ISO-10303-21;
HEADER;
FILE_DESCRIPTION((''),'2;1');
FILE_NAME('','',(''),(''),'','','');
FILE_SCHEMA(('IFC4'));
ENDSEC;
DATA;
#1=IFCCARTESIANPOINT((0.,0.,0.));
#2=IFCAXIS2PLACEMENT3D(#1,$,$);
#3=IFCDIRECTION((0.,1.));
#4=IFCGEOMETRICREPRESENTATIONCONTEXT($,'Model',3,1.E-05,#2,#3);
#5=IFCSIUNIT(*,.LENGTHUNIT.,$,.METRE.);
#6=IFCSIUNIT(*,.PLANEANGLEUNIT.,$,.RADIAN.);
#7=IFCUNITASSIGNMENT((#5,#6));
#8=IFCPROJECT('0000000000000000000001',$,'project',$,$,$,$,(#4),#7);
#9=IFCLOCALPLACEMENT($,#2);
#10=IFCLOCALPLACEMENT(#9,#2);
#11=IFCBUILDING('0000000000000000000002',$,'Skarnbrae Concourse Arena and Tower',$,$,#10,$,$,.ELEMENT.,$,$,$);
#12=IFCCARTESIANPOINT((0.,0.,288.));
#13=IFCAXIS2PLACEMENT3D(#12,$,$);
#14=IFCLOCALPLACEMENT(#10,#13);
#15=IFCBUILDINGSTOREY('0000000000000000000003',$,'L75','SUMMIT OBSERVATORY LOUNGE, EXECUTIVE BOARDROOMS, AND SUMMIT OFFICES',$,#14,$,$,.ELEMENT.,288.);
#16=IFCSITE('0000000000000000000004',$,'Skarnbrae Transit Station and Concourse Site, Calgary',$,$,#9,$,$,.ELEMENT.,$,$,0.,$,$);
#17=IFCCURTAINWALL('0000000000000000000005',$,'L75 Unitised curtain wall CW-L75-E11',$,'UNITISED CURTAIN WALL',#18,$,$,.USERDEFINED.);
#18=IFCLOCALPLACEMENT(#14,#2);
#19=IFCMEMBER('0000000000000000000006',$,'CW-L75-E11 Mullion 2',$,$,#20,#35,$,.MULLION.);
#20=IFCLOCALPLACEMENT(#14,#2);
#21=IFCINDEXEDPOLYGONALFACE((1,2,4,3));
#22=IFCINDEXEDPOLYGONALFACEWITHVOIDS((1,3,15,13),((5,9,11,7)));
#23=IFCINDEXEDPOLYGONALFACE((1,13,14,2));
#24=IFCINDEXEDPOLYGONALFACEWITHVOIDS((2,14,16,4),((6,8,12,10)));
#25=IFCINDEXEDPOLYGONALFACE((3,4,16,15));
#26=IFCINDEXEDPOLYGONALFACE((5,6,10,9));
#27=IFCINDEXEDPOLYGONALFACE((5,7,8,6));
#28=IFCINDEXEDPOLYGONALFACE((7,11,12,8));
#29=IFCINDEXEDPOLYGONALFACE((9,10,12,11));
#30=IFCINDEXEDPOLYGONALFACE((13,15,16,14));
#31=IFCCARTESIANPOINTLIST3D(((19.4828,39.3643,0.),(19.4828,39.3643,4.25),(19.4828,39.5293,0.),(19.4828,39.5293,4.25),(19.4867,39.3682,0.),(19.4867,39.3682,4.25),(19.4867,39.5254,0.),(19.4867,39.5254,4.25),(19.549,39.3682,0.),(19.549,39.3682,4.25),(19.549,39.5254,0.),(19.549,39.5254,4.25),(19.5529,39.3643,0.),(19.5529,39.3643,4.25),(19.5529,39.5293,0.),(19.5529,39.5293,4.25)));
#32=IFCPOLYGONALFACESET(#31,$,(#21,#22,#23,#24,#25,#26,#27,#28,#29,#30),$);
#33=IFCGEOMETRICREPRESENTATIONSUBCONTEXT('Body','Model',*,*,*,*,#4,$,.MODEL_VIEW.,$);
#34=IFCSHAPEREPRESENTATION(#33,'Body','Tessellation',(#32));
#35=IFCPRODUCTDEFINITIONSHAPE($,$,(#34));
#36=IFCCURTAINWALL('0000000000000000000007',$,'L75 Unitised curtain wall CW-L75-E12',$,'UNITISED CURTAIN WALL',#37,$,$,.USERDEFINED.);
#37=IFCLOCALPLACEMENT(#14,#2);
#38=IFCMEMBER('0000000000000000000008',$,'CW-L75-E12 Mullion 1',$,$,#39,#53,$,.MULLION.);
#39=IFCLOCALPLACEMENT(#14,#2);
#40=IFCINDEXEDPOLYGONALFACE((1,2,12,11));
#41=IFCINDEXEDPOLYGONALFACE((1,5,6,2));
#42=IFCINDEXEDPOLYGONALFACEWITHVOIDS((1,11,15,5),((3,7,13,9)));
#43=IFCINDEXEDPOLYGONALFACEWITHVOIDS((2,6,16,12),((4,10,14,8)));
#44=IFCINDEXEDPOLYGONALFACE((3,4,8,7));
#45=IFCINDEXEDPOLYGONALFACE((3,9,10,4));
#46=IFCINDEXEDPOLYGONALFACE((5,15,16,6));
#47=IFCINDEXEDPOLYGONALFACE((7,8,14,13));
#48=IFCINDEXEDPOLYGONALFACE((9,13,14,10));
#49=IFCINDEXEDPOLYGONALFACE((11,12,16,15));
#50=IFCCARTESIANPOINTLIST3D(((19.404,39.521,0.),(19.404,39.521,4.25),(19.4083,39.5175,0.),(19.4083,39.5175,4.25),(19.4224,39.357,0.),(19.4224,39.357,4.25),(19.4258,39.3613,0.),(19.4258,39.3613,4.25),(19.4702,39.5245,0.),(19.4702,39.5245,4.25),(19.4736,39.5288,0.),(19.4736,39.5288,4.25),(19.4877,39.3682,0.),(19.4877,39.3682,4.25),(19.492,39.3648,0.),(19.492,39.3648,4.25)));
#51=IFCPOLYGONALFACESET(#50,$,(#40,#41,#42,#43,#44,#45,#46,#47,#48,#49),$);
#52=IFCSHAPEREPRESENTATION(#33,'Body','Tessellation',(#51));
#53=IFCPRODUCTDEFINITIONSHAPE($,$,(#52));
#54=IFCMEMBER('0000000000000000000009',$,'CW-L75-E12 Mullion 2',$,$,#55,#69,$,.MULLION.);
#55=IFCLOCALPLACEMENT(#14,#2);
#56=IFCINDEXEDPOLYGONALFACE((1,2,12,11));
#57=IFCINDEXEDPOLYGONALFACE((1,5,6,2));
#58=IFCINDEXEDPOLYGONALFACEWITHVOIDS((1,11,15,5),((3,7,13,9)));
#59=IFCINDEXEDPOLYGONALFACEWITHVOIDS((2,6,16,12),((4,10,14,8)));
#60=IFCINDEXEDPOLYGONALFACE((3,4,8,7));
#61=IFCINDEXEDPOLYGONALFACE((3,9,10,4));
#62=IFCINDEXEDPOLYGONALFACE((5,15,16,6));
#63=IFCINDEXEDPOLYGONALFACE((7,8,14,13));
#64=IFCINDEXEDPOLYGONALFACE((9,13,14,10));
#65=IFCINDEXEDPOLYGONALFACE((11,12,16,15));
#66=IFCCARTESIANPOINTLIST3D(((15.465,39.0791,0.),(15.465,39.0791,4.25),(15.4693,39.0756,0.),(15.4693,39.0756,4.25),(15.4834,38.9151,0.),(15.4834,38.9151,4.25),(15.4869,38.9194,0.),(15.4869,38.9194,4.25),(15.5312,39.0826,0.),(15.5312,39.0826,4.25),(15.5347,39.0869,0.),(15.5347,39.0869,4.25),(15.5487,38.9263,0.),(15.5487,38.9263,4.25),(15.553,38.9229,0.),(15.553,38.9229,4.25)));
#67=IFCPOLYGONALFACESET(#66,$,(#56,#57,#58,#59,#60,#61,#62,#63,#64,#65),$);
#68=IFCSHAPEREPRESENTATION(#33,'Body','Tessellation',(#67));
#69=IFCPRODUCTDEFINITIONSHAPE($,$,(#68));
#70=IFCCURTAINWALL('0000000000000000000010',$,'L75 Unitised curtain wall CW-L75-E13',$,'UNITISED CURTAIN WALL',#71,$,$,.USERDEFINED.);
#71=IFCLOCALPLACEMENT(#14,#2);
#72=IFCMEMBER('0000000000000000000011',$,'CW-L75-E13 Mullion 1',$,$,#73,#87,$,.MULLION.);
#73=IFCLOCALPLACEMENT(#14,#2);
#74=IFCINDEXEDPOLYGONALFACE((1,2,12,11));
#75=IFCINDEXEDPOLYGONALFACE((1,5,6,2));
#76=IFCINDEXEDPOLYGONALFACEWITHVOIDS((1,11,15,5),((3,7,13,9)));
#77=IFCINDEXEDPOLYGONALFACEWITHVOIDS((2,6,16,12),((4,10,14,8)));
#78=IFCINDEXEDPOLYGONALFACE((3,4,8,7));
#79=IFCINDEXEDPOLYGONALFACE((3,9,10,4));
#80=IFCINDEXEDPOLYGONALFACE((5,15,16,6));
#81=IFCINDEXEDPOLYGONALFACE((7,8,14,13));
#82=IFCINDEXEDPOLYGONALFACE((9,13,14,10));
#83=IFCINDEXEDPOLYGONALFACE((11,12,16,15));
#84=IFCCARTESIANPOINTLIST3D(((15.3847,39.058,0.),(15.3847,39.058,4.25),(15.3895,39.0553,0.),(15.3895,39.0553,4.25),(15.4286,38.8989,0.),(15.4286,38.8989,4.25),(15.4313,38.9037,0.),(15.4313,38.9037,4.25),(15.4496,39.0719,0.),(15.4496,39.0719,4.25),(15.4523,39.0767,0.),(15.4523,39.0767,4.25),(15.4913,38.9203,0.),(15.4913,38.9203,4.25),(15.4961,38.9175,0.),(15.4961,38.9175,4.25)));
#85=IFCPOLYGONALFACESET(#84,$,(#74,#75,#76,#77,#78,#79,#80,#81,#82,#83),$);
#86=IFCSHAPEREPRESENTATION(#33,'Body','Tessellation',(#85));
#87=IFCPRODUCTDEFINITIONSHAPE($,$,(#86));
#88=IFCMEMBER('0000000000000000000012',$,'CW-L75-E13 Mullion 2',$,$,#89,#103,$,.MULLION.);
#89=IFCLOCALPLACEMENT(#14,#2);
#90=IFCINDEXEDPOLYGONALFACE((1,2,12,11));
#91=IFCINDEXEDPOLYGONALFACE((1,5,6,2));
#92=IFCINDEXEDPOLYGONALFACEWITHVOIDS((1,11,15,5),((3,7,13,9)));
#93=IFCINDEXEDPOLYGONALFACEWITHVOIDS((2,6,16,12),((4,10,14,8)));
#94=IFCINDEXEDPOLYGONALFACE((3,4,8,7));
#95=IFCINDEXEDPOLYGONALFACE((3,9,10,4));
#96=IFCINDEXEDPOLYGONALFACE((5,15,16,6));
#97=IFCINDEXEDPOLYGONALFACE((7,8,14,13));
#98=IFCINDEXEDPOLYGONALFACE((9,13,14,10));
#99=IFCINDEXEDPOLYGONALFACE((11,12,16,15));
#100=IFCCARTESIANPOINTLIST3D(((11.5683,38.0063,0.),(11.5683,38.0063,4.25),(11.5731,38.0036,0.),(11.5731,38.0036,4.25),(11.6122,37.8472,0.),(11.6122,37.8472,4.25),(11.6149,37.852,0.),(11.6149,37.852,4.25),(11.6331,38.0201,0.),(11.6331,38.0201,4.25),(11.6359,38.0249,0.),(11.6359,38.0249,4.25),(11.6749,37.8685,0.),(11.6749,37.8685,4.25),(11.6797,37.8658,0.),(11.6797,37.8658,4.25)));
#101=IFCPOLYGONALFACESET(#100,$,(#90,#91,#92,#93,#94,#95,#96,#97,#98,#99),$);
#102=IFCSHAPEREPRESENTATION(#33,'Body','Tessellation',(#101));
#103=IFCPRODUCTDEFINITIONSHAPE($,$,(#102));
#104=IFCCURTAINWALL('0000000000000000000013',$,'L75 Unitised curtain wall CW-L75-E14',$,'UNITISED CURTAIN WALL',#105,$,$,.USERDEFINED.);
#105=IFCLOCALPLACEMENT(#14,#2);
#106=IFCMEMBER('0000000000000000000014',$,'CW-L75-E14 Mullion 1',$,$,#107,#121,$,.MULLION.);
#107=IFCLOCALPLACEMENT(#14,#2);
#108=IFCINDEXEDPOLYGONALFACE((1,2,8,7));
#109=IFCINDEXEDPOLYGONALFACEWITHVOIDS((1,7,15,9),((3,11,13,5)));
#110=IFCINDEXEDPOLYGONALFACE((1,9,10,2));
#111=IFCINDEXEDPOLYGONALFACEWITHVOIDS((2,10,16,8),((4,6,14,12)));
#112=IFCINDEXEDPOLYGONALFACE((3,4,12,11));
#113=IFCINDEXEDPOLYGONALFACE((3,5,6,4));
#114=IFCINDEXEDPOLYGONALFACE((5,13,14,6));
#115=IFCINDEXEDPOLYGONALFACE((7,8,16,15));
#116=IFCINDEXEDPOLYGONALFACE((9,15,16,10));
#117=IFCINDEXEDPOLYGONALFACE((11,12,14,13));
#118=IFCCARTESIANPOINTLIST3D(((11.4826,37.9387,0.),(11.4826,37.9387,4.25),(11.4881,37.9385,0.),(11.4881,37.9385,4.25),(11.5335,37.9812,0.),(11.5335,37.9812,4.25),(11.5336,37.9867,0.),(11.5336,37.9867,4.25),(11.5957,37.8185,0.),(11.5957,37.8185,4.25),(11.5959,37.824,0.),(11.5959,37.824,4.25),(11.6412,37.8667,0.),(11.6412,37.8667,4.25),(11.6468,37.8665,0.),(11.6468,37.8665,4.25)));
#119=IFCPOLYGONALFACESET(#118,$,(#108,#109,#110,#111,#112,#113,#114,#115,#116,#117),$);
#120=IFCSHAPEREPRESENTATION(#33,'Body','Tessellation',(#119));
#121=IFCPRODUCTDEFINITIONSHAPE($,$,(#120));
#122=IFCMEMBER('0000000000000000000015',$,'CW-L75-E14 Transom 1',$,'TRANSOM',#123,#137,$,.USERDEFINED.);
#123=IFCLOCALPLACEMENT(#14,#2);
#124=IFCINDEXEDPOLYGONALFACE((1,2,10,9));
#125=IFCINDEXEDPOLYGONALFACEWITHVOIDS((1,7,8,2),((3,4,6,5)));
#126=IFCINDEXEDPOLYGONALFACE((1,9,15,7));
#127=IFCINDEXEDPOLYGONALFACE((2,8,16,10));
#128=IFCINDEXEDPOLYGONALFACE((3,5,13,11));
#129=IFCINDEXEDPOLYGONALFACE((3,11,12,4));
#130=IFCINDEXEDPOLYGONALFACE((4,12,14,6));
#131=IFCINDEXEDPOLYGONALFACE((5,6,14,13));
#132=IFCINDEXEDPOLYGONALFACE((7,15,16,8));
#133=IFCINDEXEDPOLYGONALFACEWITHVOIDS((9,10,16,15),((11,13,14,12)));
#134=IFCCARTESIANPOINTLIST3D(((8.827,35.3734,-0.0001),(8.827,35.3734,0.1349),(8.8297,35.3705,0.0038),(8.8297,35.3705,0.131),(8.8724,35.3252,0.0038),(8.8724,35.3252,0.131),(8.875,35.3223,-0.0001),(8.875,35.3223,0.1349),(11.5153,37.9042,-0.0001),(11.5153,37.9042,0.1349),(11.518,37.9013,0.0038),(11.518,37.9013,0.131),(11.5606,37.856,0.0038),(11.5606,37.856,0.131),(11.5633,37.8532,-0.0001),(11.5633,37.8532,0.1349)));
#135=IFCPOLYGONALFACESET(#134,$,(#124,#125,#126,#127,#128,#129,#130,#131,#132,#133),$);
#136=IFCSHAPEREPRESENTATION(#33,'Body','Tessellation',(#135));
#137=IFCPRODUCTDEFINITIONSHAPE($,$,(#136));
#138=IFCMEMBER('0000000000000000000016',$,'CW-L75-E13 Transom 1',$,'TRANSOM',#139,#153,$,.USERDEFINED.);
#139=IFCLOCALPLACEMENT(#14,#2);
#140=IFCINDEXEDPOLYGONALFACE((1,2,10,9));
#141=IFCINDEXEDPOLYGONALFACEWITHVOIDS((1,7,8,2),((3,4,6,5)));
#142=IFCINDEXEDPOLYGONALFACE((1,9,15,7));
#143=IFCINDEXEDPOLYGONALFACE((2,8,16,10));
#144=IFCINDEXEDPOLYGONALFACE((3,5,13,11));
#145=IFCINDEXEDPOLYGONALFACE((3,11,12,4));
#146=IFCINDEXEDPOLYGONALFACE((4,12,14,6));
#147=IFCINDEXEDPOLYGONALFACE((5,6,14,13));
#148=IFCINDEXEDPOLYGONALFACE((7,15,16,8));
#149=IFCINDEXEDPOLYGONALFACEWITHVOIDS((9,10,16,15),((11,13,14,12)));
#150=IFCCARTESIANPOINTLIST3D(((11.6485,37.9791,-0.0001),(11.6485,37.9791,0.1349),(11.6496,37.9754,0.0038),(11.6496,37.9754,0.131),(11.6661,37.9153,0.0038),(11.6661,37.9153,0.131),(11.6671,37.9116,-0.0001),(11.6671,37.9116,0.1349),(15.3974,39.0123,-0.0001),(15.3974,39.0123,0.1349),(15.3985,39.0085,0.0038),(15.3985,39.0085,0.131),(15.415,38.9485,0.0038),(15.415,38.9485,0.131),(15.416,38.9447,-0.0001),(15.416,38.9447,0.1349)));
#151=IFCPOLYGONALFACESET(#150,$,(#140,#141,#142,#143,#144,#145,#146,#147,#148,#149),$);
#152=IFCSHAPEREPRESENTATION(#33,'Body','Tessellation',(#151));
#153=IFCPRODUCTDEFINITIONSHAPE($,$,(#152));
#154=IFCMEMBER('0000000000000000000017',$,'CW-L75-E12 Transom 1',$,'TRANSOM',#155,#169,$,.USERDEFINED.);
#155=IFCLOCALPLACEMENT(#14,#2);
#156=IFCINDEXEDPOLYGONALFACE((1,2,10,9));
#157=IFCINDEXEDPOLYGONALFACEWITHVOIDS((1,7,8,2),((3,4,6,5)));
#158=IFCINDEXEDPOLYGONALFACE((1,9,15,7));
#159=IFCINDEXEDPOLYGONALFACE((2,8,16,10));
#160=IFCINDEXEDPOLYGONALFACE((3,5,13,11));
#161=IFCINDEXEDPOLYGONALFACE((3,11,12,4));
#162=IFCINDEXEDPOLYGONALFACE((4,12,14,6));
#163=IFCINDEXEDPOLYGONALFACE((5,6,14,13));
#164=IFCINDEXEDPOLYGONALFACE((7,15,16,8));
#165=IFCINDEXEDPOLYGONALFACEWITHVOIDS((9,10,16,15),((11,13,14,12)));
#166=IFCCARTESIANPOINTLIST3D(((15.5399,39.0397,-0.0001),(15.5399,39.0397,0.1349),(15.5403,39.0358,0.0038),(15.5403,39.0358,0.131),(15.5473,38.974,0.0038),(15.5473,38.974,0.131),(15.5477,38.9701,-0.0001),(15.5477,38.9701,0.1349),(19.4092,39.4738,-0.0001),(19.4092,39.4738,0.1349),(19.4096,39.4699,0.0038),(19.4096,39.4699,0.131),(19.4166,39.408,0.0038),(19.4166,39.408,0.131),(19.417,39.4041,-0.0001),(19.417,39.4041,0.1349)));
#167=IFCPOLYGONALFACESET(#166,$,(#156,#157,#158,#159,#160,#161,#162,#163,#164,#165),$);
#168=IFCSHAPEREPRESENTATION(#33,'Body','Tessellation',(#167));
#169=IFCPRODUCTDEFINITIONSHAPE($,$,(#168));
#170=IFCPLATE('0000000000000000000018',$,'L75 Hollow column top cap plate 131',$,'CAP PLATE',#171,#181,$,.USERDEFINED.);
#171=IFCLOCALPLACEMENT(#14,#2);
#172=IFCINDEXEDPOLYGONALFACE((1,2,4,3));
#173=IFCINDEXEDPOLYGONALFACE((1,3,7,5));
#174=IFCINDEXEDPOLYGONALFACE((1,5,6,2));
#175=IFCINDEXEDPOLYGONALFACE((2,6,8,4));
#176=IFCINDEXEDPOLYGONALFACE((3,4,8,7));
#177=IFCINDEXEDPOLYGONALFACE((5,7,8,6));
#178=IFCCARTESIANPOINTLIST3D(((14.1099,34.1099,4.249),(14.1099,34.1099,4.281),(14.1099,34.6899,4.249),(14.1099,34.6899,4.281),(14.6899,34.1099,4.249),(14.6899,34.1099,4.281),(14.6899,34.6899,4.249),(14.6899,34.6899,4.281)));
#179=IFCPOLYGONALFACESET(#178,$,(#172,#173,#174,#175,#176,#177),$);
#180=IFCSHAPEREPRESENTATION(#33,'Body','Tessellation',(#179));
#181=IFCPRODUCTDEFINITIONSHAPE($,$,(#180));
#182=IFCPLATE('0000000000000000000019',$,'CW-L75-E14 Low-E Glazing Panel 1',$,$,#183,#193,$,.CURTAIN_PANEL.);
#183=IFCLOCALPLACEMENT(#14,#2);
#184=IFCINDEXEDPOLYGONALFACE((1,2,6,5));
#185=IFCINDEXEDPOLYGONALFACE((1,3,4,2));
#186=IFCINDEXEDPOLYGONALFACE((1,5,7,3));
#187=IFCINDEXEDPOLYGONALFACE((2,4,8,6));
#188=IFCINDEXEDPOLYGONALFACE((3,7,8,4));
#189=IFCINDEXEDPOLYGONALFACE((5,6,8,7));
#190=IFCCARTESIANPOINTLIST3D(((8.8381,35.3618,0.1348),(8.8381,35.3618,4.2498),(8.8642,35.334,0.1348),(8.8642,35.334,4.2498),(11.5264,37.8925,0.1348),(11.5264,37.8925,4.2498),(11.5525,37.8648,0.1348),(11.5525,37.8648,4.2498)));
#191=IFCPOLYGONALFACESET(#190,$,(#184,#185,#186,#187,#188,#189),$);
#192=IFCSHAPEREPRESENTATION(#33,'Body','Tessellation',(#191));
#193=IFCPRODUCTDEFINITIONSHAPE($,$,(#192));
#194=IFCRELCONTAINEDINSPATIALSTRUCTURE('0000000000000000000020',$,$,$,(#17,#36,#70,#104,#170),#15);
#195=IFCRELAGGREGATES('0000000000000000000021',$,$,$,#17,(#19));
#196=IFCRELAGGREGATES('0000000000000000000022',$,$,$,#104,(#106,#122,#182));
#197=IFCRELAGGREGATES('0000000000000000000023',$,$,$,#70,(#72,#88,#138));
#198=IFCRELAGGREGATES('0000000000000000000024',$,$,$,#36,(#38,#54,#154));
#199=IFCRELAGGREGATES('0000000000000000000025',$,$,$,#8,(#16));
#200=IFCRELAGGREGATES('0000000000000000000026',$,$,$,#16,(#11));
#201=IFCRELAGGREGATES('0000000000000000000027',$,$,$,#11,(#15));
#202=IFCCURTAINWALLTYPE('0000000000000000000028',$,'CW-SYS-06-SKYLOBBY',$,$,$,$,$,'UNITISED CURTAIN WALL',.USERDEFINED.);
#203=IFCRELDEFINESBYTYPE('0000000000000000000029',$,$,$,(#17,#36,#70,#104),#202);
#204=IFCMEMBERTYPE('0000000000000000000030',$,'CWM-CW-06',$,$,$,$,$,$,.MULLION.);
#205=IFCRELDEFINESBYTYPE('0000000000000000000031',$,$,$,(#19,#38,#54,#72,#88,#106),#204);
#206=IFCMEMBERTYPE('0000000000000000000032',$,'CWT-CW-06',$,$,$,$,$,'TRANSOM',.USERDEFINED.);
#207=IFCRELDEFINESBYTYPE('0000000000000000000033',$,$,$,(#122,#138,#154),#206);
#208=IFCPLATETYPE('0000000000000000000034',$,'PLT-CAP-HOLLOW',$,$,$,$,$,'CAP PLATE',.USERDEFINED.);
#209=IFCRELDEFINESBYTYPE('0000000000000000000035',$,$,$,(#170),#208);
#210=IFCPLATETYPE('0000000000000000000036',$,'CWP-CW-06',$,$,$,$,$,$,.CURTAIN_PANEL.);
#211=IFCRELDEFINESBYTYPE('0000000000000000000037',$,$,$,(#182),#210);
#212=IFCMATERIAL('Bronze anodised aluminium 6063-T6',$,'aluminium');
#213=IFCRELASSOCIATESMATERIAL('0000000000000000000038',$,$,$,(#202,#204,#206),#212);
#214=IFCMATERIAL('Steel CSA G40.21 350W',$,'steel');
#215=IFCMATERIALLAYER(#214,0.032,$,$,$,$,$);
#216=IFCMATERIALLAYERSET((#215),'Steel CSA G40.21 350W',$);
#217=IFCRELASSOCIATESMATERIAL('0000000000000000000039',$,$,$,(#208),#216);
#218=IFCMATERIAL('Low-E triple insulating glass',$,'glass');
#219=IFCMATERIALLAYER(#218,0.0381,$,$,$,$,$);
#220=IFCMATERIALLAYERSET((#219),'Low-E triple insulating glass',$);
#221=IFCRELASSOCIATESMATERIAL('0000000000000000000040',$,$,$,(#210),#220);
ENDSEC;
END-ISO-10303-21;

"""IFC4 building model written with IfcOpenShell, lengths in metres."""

from ifc_helpers import new_model, si_unit, direction, frame, origin, origin_2d, place, context, subcontext, project, spatial, rectangle, hollow_rectangle, extrude, source, transform, mapped, material, layer, layer_set, material_profile, profile_set, type_object, element, aggregate, save


model = new_model("IFC4")

# Units and contexts
model_context = context("Model", 3, precision=1e-05, world=origin(), true_north=direction((0.0, 1.0)))
body_context = subcontext(model_context, "Body", "Model", "MODEL_VIEW")
ifc_project = project(units=[si_unit("LENGTHUNIT", "METRE"), si_unit("PLANEANGLEUNIT", "RADIAN")], contexts=[model_context])

# Site, building, storey
site_placement = place(None, origin())
site = spatial("IfcSite", under=ifc_project, at=site_placement, Name="Skarnbrae Transit Station and Concourse Site, Calgary", CompositionType="ELEMENT", RefElevation=0.0)
building_placement = place(site_placement, origin())
building = spatial("IfcBuilding", under=site, at=building_placement, Name="Skarnbrae Concourse Arena and Tower", CompositionType="ELEMENT")
storey_placement = place(building_placement, frame((0.0, 0.0, 288.0)))
storey = spatial("IfcBuildingStorey", under=building, at=storey_placement, Name="L75", Description="SUMMIT OBSERVATORY LOUNGE, EXECUTIVE BOARDROOMS, AND SUMMIT OFFICES", CompositionType="ELEMENT", Elevation=288.0)

# Shared definitions
ifc_material_1 = material(Name="Steel CSA G40.21 350W", Category="steel")

# Curtain wall, member
ifc_material_2 = material(Name="Bronze anodised aluminium 6063-T6", Category="aluminium")
curtain_wall_type = type_object("IfcCurtainWallType", Name="CW-SYS-06-SKYLOBBY", ElementType="UNITISED CURTAIN WALL", PredefinedType="USERDEFINED", material=ifc_material_2)
curtain_wall_1_placement = place(storey_placement, origin())
curtain_wall_1 = element("IfcCurtainWall", 1, at=curtain_wall_1_placement, inside=storey, type_object=curtain_wall_type, Name="L75 Unitised curtain wall CW-L75-E11", ObjectType="UNITISED CURTAIN WALL", PredefinedType="USERDEFINED")
ifc_material_profile_1 = material_profile(ifc_material_2, hollow_rectangle(XDim=0.0701, YDim=0.165, WallThickness=0.0039, at=origin_2d()), Name="ALU-MULL-70X165")
ifc_profile_set_1 = profile_set([ifc_material_profile_1], Name="Bronze anodised aluminium 6063-T6")
member_type_1 = type_object("IfcMemberType", Name="CWM-CW-06", PredefinedType="MULLION", material=ifc_profile_set_1)
shared_shape_1 = source(origin(), body_context, "Body", "SweptSolid", [
    extrude(hollow_rectangle(XDim=0.0701, YDim=0.165, WallThickness=0.0039, at=origin_2d()), origin(), (0.0, 0.0, 1.0), 4.25),
])
member_1_placement = place(storey_placement, frame((19.5178, 39.4468, 0.0), z_axis=(0.0, 0.0, 1.0), x_axis=(-1.0, 0.0, 0.0)))
member_1 = element("IfcMember", 2, at=member_1_placement, type_object=member_type_1, Name="CW-L75-E11 Mullion 2", PredefinedType="MULLION", context=body_context, shape_type="MappedRepresentation", body=[
    mapped(shared_shape_1, transform((0.0, 0.0, 0.0))),
])
aggregate(curtain_wall_1, [member_1])

# Curtain walls, members
curtain_wall_2_placement = place(storey_placement, origin())
curtain_wall_2 = element("IfcCurtainWall", 3, at=curtain_wall_2_placement, inside=storey, type_object=curtain_wall_type, Name="L75 Unitised curtain wall CW-L75-E12", ObjectType="UNITISED CURTAIN WALL", PredefinedType="USERDEFINED")
member_2_placement = place(storey_placement, frame((19.448, 39.4429, 0.0), z_axis=(0.0, 0.0, 1.0), x_axis=(-0.993769, -0.11146, 0.0)))
member_2 = element("IfcMember", 4, at=member_2_placement, type_object=member_type_1, Name="CW-L75-E12 Mullion 1", PredefinedType="MULLION", context=body_context, shape_type="MappedRepresentation", body=[
    mapped(shared_shape_1, transform((0.0, 0.0, 0.0))),
])
member_3_placement = place(storey_placement, frame((15.509, 39.001, 0.0), z_axis=(0.0, 0.0, 1.0), x_axis=(-0.993769, -0.11146, 0.0)))
member_3 = element("IfcMember", 5, at=member_3_placement, type_object=member_type_1, Name="CW-L75-E12 Mullion 2", PredefinedType="MULLION", context=body_context, shape_type="MappedRepresentation", body=[
    mapped(shared_shape_1, transform((0.0, 0.0, 0.0))),
])
curtain_wall_3_placement = place(storey_placement, origin())
curtain_wall_3 = element("IfcCurtainWall", 6, at=curtain_wall_3_placement, inside=storey, type_object=curtain_wall_type, Name="L75 Unitised curtain wall CW-L75-E13", ObjectType="UNITISED CURTAIN WALL", PredefinedType="USERDEFINED")
member_4_placement = place(storey_placement, frame((15.4404, 38.9878, 0.0), z_axis=(0.0, 0.0, 1.0), x_axis=(-0.964057, -0.265694, 0.0)))
member_4 = element("IfcMember", 7, at=member_4_placement, type_object=member_type_1, Name="CW-L75-E13 Mullion 1", PredefinedType="MULLION", context=body_context, shape_type="MappedRepresentation", body=[
    mapped(shared_shape_1, transform((0.0, 0.0, 0.0))),
])
member_5_placement = place(storey_placement, frame((11.624, 37.936, 0.0), z_axis=(0.0, 0.0, 1.0), x_axis=(-0.964057, -0.265694, 0.0)))
member_5 = element("IfcMember", 8, at=member_5_placement, type_object=member_type_1, Name="CW-L75-E13 Mullion 2", PredefinedType="MULLION", context=body_context, shape_type="MappedRepresentation", body=[
    mapped(shared_shape_1, transform((0.0, 0.0, 0.0))),
])
curtain_wall_4_placement = place(storey_placement, origin())
curtain_wall_4 = element("IfcCurtainWall", 9, at=curtain_wall_4_placement, inside=storey, type_object=curtain_wall_type, Name="L75 Unitised curtain wall CW-L75-E14", ObjectType="UNITISED CURTAIN WALL", PredefinedType="USERDEFINED")
member_6_placement = place(storey_placement, frame((11.5647, 37.9026, 0.0), z_axis=(0.0, 0.0, 1.0), x_axis=(-0.728131, -0.685438, 0.0)))
member_6 = element("IfcMember", 10, at=member_6_placement, type_object=member_type_1, Name="CW-L75-E14 Mullion 1", PredefinedType="MULLION", context=body_context, shape_type="MappedRepresentation", body=[
    mapped(shared_shape_1, transform((0.0, 0.0, 0.0))),
])
ifc_material_profile_2 = material_profile(ifc_material_2, hollow_rectangle(XDim=0.0701, YDim=0.135, WallThickness=0.0039, at=origin_2d()), Name="ALU-TRAN-70X135")
ifc_profile_set_2 = profile_set([ifc_material_profile_2], Name="Bronze anodised aluminium 6063-T6")
member_type_2 = type_object("IfcMemberType", Name="CWT-CW-06", ElementType="TRANSOM", PredefinedType="USERDEFINED", material=ifc_profile_set_2)
shared_shape_2 = source(origin(), body_context, "Body", "SweptSolid", [
    extrude(hollow_rectangle(XDim=0.0701, YDim=0.135, WallThickness=0.0039, at=origin_2d()), origin(), (0.0, 0.0, 1.0), 3.6921),
])
member_7_placement = place(storey_placement, frame((11.5393, 37.8787, 0.0674), z_axis=(-0.728111, -0.68546, 0.0), x_axis=(0.68546, -0.728111, 0.0)))
member_7 = element("IfcMember", 11, at=member_7_placement, type_object=member_type_2, Name="CW-L75-E14 Transom 1", ObjectType="TRANSOM", PredefinedType="USERDEFINED", context=body_context, shape_type="MappedRepresentation", body=[
    mapped(shared_shape_2, transform((0.0, 0.0, 0.0))),
])

# Members
shared_shape_3 = source(origin(), body_context, "Body", "SweptSolid", [
    extrude(hollow_rectangle(XDim=0.0701, YDim=0.135, WallThickness=0.0039, at=origin_2d()), origin(), (0.0, 0.0, 1.0), 3.8887),
])
member_8_placement = place(storey_placement, frame((15.4067, 38.9785, 0.0674), z_axis=(-0.964059, -0.265688, 0.0), x_axis=(0.265688, -0.964059, 0.0)))
member_8 = element("IfcMember", 12, at=member_8_placement, type_object=member_type_2, Name="CW-L75-E13 Transom 1", ObjectType="TRANSOM", PredefinedType="USERDEFINED", context=body_context, shape_type="MappedRepresentation", body=[
    mapped(shared_shape_3, transform((0.0, 0.0, 0.0))),
])
shared_shape_4 = source(origin(), body_context, "Body", "SweptSolid", [
    extrude(hollow_rectangle(XDim=0.0701, YDim=0.135, WallThickness=0.0039, at=origin_2d()), origin(), (0.0, 0.0, 1.0), 3.8936),
])
member_9_placement = place(storey_placement, frame((19.4131, 39.439, 0.0674), z_axis=(-0.993766, -0.111484, 0.0), x_axis=(0.111484, -0.993766, 0.0)))
member_9 = element("IfcMember", 13, at=member_9_placement, type_object=member_type_2, Name="CW-L75-E12 Transom 1", ObjectType="TRANSOM", PredefinedType="USERDEFINED", context=body_context, shape_type="MappedRepresentation", body=[
    mapped(shared_shape_4, transform((0.0, 0.0, 0.0))),
])

# Plates
ifc_layer_1 = layer(ifc_material_1, 0.032)
ifc_layer_set_1 = layer_set([ifc_layer_1], Name="Steel CSA G40.21 350W")
plate_type_1 = type_object("IfcPlateType", Name="PLT-CAP-HOLLOW", ElementType="CAP PLATE", PredefinedType="USERDEFINED", material=ifc_layer_set_1)
shared_shape_5 = source(origin(), body_context, "Body", "SweptSolid", [
    extrude(rectangle(XDim=0.5801, YDim=0.5801, at=origin_2d()), origin(), (0.0, 0.0, 1.0), 0.032),
])
plate_1_placement = place(storey_placement, frame((14.3999, 34.3999, 4.249), z_axis=(0.0, 0.0, 1.0), x_axis=(1.0, 0.0, 0.0)))
element("IfcPlate", 14, at=plate_1_placement, inside=storey, type_object=plate_type_1, Name="L75 Hollow column top cap plate 131", ObjectType="CAP PLATE", PredefinedType="USERDEFINED", context=body_context, shape_type="MappedRepresentation", body=[
    mapped(shared_shape_5, transform((0.0, 0.0, 0.0))),
])
ifc_material_3 = material(Name="Low-E triple insulating glass", Category="glass")
ifc_layer_2 = layer(ifc_material_3, 0.0381)
ifc_layer_set_2 = layer_set([ifc_layer_2], Name="Low-E triple insulating glass")
plate_type_2 = type_object("IfcPlateType", Name="CWP-CW-06", PredefinedType="CURTAIN_PANEL", material=ifc_layer_set_2)
shared_shape_6 = source(origin(), body_context, "Body", "SweptSolid", [
    extrude(rectangle(XDim=3.6921, YDim=0.0381, at=origin_2d()), origin(), (0.0, 0.0, 1.0), 4.115),
])
plate_2_placement = place(storey_placement, frame((10.1953, 36.6133, 0.1348), z_axis=(0.0, 0.0, 1.0), x_axis=(-0.728131, -0.685438, 0.0)))
plate_2 = element("IfcPlate", 15, at=plate_2_placement, type_object=plate_type_2, Name="CW-L75-E14 Low-E Glazing Panel 1", PredefinedType="CURTAIN_PANEL", context=body_context, shape_type="MappedRepresentation", body=[
    mapped(shared_shape_6, transform((0.0, 0.0, 0.0))),
])
aggregate(curtain_wall_4, [member_6, member_7, plate_2])
aggregate(curtain_wall_3, [member_4, member_5, member_8])
aggregate(curtain_wall_2, [member_2, member_3, member_9])

save(model, "model.ifc")
